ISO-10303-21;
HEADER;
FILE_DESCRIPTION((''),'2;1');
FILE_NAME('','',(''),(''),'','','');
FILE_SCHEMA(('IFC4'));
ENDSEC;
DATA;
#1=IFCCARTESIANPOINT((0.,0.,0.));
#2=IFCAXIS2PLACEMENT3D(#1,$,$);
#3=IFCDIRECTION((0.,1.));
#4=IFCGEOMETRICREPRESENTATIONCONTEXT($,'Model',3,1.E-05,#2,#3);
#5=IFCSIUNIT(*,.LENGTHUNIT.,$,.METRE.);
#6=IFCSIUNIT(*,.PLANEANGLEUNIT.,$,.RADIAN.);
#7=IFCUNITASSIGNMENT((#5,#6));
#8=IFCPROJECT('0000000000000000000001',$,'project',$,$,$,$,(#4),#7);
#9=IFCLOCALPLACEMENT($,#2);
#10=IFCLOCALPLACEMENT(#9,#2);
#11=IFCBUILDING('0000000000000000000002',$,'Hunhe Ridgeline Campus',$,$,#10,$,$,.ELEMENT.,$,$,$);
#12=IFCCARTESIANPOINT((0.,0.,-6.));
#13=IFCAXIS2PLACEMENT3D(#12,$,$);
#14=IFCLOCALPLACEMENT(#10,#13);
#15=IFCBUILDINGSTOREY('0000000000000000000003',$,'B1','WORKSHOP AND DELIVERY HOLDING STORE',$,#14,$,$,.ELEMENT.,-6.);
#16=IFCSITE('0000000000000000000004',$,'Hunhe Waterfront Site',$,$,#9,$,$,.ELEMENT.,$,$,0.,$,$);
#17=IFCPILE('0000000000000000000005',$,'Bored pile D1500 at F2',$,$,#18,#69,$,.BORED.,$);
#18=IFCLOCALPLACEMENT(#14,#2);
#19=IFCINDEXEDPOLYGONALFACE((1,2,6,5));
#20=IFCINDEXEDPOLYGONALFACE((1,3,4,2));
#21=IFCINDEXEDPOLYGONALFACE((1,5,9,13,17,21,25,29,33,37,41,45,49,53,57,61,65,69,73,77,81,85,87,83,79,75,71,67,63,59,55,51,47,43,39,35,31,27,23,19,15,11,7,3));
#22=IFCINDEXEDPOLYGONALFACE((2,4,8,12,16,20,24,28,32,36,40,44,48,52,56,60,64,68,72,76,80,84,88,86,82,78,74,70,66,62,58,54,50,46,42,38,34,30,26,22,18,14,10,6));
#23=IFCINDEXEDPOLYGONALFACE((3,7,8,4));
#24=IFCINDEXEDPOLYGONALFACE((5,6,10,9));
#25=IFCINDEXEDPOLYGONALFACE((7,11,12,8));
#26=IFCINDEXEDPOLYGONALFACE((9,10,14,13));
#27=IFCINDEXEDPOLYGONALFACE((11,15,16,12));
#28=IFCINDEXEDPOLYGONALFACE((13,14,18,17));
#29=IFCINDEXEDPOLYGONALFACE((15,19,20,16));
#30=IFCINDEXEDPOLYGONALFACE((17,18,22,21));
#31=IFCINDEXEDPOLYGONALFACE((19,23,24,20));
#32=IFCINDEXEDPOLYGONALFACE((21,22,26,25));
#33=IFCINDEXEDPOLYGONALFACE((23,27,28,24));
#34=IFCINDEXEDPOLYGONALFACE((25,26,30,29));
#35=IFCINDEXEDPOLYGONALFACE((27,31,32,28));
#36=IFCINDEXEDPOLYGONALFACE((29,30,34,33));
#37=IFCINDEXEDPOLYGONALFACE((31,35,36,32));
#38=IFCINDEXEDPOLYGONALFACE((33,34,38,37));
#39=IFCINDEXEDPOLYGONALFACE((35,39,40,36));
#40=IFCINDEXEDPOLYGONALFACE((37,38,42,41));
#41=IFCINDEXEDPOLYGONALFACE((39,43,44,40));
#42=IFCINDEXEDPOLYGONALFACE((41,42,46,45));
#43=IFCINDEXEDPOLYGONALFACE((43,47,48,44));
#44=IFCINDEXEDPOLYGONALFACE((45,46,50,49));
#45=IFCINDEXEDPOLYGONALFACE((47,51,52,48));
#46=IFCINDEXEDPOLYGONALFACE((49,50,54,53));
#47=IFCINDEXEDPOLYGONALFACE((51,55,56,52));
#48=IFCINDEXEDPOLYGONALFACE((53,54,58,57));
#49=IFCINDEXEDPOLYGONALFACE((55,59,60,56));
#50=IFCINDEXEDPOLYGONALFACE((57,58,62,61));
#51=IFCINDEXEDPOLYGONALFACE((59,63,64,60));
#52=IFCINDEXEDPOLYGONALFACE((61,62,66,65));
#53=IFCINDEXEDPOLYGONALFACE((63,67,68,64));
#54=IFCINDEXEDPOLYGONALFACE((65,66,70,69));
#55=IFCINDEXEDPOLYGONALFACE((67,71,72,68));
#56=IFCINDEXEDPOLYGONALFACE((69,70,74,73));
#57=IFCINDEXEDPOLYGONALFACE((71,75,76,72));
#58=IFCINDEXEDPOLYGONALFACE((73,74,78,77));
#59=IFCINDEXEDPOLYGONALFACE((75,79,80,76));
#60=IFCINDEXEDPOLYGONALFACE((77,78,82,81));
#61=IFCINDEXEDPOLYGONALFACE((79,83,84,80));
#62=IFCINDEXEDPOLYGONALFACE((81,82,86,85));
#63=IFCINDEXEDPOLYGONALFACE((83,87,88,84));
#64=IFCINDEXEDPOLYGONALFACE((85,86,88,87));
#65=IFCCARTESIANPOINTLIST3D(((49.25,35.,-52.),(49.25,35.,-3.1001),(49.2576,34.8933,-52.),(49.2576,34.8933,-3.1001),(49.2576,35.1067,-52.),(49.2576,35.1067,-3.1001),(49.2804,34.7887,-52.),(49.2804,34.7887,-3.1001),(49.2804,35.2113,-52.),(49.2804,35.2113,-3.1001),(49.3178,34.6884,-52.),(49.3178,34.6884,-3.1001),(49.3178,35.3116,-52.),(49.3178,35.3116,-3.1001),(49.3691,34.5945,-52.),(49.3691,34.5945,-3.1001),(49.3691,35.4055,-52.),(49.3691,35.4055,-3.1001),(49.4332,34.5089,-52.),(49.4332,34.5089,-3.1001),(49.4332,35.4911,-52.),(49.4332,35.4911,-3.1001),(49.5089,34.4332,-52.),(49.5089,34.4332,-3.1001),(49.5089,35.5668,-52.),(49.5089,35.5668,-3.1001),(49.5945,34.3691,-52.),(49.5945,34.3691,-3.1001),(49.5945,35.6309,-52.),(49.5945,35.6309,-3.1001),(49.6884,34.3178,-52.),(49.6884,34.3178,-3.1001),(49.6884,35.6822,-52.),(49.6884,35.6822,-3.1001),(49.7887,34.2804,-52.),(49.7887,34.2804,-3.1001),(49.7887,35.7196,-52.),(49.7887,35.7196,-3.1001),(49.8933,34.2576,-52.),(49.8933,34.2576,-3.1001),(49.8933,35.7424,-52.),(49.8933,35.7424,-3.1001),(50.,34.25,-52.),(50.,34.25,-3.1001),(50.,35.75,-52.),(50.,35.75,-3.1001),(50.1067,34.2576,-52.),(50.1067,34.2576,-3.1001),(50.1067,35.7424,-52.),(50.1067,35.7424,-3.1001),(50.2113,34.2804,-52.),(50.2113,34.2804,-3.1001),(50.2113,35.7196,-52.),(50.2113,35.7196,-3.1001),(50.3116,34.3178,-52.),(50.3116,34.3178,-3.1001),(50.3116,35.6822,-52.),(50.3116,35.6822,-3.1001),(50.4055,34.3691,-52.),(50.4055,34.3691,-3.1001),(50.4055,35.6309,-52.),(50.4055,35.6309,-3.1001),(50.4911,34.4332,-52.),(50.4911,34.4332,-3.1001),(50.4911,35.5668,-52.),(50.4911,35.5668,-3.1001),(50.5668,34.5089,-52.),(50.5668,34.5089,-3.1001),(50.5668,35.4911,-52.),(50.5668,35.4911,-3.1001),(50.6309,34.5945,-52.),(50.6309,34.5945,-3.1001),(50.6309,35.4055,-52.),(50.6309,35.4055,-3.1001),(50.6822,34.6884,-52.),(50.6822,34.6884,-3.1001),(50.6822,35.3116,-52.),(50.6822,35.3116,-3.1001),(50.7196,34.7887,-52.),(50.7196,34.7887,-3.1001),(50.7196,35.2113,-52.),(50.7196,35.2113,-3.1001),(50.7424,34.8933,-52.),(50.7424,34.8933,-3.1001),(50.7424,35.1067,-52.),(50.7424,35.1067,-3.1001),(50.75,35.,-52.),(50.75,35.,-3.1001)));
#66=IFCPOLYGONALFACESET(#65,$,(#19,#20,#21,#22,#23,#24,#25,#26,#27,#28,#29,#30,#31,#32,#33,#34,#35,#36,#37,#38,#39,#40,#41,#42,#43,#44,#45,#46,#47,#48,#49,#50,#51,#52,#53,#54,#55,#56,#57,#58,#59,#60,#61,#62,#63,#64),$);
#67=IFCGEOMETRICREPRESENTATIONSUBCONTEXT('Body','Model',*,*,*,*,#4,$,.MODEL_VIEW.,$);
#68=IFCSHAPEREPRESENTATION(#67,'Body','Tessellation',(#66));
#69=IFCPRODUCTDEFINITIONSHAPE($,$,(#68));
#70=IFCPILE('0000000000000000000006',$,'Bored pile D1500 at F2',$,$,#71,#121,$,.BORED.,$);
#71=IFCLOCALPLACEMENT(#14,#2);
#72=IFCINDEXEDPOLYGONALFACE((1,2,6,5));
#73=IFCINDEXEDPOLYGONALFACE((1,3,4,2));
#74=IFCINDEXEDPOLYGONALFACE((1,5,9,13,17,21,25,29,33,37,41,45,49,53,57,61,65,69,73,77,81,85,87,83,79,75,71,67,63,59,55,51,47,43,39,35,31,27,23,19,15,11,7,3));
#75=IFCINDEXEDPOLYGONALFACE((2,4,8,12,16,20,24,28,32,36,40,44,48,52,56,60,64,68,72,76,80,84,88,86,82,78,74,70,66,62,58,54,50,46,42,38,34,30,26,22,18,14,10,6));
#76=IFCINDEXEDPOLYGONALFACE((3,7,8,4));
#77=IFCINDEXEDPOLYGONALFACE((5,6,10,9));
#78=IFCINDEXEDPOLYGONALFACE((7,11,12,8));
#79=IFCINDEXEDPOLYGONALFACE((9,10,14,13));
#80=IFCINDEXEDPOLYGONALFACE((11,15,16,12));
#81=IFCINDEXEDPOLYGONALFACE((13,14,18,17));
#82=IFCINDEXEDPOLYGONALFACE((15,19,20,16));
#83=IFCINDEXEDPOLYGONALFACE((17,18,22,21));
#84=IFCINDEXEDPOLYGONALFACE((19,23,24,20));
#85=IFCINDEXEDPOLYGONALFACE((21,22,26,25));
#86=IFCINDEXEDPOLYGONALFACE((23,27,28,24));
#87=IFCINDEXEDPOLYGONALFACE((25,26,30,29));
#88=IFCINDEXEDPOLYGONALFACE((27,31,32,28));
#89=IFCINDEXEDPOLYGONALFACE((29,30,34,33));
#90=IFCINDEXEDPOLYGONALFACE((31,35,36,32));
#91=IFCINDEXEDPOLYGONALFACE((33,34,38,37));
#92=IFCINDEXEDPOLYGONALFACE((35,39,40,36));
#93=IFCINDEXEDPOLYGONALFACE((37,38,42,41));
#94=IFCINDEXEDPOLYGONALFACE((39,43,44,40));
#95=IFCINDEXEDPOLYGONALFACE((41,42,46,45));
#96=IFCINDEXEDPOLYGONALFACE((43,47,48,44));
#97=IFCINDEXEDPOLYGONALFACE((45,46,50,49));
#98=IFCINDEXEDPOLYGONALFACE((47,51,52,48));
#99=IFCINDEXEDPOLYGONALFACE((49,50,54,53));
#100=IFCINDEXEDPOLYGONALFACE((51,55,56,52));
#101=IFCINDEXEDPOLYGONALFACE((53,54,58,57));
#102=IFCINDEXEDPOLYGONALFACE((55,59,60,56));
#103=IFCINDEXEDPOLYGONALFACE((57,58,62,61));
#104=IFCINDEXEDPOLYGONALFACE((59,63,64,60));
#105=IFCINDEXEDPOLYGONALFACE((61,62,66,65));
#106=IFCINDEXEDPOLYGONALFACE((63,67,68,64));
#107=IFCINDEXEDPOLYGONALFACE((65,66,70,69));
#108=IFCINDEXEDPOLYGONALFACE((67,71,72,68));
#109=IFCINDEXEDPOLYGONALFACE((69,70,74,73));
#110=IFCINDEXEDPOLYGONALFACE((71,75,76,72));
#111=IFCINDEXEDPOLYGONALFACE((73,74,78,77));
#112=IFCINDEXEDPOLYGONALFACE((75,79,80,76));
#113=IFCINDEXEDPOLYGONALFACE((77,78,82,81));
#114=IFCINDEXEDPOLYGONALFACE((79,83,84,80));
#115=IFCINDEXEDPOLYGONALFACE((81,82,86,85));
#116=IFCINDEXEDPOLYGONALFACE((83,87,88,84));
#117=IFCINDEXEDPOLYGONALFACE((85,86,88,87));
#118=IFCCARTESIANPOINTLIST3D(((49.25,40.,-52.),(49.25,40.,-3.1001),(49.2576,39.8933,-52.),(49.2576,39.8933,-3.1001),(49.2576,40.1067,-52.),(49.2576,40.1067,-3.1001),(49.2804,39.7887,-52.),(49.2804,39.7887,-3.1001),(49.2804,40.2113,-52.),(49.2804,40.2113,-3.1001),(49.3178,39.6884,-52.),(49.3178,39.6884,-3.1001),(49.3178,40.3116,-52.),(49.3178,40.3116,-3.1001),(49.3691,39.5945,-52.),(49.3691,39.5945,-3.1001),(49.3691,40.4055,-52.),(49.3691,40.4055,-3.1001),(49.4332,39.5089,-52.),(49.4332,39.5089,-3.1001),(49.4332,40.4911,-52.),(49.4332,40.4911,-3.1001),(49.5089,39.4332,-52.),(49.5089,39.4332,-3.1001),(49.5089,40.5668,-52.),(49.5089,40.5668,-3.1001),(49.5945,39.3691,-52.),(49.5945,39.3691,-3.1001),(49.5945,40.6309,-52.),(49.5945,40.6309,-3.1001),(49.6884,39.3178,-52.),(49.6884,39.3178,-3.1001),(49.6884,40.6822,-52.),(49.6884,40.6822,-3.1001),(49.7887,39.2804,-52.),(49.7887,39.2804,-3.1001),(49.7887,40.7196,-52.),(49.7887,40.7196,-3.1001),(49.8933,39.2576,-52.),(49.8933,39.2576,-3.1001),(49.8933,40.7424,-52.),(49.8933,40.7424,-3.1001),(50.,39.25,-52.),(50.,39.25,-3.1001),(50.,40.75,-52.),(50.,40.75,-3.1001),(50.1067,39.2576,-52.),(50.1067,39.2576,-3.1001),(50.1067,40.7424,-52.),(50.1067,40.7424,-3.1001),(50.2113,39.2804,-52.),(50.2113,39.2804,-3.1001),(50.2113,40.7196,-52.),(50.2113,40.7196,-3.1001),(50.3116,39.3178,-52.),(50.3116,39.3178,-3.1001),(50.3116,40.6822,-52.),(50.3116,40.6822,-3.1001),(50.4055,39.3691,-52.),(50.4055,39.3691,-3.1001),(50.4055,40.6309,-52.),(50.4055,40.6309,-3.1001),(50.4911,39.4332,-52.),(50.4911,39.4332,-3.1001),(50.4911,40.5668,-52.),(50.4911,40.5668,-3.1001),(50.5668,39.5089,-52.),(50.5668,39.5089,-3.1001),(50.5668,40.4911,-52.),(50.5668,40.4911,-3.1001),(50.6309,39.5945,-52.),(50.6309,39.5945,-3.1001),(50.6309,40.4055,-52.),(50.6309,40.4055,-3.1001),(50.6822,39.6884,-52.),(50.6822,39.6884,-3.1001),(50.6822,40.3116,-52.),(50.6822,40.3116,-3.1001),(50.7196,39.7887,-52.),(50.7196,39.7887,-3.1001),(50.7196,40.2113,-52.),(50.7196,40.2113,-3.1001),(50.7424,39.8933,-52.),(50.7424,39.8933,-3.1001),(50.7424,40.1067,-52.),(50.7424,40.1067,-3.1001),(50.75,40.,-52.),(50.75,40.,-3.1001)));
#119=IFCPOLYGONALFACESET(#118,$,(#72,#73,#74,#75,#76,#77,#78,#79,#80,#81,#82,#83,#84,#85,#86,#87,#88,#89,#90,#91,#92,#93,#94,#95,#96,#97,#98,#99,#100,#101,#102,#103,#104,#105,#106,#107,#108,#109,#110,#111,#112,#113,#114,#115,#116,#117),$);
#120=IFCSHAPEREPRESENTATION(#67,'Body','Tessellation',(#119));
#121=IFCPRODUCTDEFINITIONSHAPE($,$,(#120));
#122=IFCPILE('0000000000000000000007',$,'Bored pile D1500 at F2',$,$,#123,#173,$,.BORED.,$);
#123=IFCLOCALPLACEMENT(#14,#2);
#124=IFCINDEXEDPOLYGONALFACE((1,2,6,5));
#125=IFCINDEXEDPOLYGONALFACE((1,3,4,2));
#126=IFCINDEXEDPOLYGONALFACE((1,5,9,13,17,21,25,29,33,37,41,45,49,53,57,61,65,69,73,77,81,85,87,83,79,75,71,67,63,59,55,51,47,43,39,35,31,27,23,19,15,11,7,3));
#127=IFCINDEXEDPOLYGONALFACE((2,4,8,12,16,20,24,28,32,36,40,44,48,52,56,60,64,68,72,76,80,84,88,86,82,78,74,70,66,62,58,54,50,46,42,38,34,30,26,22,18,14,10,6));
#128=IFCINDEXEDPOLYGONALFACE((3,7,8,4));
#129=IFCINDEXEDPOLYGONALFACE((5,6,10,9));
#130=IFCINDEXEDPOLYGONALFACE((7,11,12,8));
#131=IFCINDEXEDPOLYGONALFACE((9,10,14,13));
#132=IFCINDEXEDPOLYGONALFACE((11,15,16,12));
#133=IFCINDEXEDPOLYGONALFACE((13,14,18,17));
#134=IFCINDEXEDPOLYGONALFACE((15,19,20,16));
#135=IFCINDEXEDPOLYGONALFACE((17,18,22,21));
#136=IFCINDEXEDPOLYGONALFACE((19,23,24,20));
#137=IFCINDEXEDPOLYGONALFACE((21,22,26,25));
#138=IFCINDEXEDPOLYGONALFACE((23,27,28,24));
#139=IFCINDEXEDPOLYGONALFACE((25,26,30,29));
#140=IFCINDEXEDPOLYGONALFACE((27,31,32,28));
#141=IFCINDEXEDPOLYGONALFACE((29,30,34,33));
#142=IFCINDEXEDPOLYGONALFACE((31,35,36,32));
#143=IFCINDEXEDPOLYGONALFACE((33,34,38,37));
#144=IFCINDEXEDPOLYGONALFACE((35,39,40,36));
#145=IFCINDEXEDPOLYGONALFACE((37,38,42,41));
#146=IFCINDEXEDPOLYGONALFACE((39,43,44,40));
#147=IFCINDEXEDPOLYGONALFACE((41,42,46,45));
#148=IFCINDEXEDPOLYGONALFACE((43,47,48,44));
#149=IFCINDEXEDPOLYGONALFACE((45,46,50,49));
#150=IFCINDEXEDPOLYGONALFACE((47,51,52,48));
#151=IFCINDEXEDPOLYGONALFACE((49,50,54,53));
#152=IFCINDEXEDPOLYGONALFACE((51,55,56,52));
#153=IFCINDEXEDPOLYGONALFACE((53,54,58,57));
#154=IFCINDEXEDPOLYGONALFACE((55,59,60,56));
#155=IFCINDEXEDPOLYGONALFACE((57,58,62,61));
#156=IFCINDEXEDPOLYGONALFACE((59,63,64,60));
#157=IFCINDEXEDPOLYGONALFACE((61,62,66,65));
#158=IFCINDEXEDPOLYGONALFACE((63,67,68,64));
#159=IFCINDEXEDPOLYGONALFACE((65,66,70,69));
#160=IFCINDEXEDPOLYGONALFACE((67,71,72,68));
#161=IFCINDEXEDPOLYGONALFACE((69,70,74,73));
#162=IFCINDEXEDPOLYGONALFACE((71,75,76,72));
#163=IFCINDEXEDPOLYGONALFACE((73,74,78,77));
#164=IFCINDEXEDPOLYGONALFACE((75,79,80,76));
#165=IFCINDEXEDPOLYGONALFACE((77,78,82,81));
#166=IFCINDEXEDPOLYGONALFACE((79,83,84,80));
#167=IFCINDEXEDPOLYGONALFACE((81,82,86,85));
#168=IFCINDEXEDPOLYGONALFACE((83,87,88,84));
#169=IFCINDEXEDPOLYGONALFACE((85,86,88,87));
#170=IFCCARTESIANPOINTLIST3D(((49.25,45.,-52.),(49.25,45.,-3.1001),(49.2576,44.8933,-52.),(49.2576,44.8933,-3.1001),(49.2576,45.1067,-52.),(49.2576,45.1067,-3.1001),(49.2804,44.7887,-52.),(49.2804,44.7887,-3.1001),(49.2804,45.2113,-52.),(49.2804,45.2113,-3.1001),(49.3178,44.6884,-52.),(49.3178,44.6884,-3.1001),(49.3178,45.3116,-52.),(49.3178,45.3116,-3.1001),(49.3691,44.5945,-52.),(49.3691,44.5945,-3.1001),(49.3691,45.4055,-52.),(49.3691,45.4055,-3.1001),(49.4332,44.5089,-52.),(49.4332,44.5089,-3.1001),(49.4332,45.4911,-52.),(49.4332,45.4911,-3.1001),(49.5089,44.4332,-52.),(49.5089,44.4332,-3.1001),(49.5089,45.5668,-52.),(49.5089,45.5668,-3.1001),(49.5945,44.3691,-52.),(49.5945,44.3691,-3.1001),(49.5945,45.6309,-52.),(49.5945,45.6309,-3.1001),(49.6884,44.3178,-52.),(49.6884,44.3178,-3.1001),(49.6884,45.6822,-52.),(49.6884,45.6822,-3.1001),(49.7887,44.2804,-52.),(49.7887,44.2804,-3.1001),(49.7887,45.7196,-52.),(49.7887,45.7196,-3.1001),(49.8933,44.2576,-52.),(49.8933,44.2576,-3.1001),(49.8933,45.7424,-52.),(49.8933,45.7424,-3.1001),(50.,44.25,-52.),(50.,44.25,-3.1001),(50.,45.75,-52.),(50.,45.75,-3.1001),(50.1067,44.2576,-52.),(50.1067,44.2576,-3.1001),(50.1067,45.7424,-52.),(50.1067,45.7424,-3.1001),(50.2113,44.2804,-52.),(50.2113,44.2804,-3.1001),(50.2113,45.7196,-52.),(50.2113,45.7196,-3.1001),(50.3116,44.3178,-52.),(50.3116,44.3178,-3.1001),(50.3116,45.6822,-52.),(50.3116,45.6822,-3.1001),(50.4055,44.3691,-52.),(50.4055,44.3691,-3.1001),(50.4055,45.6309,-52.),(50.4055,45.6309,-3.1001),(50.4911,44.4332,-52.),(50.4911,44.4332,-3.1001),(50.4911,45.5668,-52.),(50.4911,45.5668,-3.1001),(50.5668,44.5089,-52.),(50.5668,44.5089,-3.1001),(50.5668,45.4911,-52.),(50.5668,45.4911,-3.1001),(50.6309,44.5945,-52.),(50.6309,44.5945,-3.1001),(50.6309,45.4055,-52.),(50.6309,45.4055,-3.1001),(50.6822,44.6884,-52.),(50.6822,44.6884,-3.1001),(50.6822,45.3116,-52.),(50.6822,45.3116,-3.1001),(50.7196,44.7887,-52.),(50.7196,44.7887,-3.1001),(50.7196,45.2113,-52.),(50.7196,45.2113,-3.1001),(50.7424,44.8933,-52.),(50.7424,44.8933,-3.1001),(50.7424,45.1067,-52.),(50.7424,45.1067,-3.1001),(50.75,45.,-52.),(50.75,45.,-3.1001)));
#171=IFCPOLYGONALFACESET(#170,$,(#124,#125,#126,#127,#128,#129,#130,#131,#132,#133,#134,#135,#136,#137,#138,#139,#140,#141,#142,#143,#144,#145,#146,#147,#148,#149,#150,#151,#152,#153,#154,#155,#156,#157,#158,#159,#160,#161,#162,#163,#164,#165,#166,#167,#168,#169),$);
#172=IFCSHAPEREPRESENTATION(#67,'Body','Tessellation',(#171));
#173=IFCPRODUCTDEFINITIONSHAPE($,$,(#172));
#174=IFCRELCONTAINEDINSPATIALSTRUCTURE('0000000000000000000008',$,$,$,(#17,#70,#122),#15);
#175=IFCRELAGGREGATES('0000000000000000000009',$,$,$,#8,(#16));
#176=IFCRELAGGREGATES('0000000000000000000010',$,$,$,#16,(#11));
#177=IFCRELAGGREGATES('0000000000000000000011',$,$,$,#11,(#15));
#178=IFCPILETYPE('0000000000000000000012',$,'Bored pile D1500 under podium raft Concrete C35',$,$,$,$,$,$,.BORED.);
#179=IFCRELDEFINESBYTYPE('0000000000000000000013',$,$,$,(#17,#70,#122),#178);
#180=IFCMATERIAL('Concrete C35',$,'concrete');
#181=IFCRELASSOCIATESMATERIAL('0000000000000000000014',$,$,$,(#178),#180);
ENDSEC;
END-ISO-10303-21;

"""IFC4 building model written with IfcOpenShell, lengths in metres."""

from ifc_helpers import new_model, si_unit, direction, frame, origin, origin_2d, place, context, subcontext, project, spatial, circle, extrude, material, material_profile, profile_set, type_object, element, save


model = new_model("IFC4")

# Units and contexts
model_context = context("Model", 3, precision=1e-05, world=origin(), true_north=direction((0.0, 1.0)))
body_context = subcontext(model_context, "Body", "Model", "MODEL_VIEW")
ifc_project = project(units=[si_unit("LENGTHUNIT", "METRE"), si_unit("PLANEANGLEUNIT", "RADIAN")], contexts=[model_context])

# Site, building, storey
site_placement = place(None, origin())
site = spatial("IfcSite", under=ifc_project, at=site_placement, Name="Hunhe Waterfront Site", CompositionType="ELEMENT", RefElevation=0.0)
building_placement = place(site_placement, origin())
building = spatial("IfcBuilding", under=site, at=building_placement, Name="Hunhe Ridgeline Campus", CompositionType="ELEMENT")
storey_placement = place(building_placement, frame((0.0, 0.0, -6.0)))
storey = spatial("IfcBuildingStorey", under=building, at=storey_placement, Name="B1", Description="WORKSHOP AND DELIVERY HOLDING STORE", CompositionType="ELEMENT", Elevation=-6.0)

# Piles
ifc_material_1 = material(Name="Concrete C35", Category="concrete")
ifc_material_profile_1 = material_profile(ifc_material_1, circle(Radius=0.75, at=origin_2d()))
ifc_profile_set_1 = profile_set([ifc_material_profile_1], Name="Concrete C35")
pile_type_1 = type_object("IfcPileType", Name="Bored pile D1500 under podium raft Concrete C35", PredefinedType="BORED", material=ifc_profile_set_1)
for number, where, z_axis, x_axis, name in (
    (1, (50.0, 35.0, -3.1001), (0.0, 0.0, -1.0), (1.0, 0.0, 0.0), "Bored pile D1500 at F2"),
    (2, (50.0, 40.0, -3.1001), (0.0, 0.0, -1.0), (1.0, 0.0, 0.0), "Bored pile D1500 at F2"),
    (3, (50.0, 45.0, -3.1001), (0.0, 0.0, -1.0), (1.0, 0.0, 0.0), "Bored pile D1500 at F2"),
):
    element("IfcPile", number, at=place(storey_placement, frame(where, z_axis=z_axis, x_axis=x_axis)), inside=storey, type_object=pile_type_1, Name=name, PredefinedType="BORED", context=body_context, shape_type="SweptSolid", body=[
        extrude(circle(Radius=0.75, at=origin_2d()), origin(), (0.0, 0.0, 1.0), 48.8999),
    ])

save(model, "model.ifc")
